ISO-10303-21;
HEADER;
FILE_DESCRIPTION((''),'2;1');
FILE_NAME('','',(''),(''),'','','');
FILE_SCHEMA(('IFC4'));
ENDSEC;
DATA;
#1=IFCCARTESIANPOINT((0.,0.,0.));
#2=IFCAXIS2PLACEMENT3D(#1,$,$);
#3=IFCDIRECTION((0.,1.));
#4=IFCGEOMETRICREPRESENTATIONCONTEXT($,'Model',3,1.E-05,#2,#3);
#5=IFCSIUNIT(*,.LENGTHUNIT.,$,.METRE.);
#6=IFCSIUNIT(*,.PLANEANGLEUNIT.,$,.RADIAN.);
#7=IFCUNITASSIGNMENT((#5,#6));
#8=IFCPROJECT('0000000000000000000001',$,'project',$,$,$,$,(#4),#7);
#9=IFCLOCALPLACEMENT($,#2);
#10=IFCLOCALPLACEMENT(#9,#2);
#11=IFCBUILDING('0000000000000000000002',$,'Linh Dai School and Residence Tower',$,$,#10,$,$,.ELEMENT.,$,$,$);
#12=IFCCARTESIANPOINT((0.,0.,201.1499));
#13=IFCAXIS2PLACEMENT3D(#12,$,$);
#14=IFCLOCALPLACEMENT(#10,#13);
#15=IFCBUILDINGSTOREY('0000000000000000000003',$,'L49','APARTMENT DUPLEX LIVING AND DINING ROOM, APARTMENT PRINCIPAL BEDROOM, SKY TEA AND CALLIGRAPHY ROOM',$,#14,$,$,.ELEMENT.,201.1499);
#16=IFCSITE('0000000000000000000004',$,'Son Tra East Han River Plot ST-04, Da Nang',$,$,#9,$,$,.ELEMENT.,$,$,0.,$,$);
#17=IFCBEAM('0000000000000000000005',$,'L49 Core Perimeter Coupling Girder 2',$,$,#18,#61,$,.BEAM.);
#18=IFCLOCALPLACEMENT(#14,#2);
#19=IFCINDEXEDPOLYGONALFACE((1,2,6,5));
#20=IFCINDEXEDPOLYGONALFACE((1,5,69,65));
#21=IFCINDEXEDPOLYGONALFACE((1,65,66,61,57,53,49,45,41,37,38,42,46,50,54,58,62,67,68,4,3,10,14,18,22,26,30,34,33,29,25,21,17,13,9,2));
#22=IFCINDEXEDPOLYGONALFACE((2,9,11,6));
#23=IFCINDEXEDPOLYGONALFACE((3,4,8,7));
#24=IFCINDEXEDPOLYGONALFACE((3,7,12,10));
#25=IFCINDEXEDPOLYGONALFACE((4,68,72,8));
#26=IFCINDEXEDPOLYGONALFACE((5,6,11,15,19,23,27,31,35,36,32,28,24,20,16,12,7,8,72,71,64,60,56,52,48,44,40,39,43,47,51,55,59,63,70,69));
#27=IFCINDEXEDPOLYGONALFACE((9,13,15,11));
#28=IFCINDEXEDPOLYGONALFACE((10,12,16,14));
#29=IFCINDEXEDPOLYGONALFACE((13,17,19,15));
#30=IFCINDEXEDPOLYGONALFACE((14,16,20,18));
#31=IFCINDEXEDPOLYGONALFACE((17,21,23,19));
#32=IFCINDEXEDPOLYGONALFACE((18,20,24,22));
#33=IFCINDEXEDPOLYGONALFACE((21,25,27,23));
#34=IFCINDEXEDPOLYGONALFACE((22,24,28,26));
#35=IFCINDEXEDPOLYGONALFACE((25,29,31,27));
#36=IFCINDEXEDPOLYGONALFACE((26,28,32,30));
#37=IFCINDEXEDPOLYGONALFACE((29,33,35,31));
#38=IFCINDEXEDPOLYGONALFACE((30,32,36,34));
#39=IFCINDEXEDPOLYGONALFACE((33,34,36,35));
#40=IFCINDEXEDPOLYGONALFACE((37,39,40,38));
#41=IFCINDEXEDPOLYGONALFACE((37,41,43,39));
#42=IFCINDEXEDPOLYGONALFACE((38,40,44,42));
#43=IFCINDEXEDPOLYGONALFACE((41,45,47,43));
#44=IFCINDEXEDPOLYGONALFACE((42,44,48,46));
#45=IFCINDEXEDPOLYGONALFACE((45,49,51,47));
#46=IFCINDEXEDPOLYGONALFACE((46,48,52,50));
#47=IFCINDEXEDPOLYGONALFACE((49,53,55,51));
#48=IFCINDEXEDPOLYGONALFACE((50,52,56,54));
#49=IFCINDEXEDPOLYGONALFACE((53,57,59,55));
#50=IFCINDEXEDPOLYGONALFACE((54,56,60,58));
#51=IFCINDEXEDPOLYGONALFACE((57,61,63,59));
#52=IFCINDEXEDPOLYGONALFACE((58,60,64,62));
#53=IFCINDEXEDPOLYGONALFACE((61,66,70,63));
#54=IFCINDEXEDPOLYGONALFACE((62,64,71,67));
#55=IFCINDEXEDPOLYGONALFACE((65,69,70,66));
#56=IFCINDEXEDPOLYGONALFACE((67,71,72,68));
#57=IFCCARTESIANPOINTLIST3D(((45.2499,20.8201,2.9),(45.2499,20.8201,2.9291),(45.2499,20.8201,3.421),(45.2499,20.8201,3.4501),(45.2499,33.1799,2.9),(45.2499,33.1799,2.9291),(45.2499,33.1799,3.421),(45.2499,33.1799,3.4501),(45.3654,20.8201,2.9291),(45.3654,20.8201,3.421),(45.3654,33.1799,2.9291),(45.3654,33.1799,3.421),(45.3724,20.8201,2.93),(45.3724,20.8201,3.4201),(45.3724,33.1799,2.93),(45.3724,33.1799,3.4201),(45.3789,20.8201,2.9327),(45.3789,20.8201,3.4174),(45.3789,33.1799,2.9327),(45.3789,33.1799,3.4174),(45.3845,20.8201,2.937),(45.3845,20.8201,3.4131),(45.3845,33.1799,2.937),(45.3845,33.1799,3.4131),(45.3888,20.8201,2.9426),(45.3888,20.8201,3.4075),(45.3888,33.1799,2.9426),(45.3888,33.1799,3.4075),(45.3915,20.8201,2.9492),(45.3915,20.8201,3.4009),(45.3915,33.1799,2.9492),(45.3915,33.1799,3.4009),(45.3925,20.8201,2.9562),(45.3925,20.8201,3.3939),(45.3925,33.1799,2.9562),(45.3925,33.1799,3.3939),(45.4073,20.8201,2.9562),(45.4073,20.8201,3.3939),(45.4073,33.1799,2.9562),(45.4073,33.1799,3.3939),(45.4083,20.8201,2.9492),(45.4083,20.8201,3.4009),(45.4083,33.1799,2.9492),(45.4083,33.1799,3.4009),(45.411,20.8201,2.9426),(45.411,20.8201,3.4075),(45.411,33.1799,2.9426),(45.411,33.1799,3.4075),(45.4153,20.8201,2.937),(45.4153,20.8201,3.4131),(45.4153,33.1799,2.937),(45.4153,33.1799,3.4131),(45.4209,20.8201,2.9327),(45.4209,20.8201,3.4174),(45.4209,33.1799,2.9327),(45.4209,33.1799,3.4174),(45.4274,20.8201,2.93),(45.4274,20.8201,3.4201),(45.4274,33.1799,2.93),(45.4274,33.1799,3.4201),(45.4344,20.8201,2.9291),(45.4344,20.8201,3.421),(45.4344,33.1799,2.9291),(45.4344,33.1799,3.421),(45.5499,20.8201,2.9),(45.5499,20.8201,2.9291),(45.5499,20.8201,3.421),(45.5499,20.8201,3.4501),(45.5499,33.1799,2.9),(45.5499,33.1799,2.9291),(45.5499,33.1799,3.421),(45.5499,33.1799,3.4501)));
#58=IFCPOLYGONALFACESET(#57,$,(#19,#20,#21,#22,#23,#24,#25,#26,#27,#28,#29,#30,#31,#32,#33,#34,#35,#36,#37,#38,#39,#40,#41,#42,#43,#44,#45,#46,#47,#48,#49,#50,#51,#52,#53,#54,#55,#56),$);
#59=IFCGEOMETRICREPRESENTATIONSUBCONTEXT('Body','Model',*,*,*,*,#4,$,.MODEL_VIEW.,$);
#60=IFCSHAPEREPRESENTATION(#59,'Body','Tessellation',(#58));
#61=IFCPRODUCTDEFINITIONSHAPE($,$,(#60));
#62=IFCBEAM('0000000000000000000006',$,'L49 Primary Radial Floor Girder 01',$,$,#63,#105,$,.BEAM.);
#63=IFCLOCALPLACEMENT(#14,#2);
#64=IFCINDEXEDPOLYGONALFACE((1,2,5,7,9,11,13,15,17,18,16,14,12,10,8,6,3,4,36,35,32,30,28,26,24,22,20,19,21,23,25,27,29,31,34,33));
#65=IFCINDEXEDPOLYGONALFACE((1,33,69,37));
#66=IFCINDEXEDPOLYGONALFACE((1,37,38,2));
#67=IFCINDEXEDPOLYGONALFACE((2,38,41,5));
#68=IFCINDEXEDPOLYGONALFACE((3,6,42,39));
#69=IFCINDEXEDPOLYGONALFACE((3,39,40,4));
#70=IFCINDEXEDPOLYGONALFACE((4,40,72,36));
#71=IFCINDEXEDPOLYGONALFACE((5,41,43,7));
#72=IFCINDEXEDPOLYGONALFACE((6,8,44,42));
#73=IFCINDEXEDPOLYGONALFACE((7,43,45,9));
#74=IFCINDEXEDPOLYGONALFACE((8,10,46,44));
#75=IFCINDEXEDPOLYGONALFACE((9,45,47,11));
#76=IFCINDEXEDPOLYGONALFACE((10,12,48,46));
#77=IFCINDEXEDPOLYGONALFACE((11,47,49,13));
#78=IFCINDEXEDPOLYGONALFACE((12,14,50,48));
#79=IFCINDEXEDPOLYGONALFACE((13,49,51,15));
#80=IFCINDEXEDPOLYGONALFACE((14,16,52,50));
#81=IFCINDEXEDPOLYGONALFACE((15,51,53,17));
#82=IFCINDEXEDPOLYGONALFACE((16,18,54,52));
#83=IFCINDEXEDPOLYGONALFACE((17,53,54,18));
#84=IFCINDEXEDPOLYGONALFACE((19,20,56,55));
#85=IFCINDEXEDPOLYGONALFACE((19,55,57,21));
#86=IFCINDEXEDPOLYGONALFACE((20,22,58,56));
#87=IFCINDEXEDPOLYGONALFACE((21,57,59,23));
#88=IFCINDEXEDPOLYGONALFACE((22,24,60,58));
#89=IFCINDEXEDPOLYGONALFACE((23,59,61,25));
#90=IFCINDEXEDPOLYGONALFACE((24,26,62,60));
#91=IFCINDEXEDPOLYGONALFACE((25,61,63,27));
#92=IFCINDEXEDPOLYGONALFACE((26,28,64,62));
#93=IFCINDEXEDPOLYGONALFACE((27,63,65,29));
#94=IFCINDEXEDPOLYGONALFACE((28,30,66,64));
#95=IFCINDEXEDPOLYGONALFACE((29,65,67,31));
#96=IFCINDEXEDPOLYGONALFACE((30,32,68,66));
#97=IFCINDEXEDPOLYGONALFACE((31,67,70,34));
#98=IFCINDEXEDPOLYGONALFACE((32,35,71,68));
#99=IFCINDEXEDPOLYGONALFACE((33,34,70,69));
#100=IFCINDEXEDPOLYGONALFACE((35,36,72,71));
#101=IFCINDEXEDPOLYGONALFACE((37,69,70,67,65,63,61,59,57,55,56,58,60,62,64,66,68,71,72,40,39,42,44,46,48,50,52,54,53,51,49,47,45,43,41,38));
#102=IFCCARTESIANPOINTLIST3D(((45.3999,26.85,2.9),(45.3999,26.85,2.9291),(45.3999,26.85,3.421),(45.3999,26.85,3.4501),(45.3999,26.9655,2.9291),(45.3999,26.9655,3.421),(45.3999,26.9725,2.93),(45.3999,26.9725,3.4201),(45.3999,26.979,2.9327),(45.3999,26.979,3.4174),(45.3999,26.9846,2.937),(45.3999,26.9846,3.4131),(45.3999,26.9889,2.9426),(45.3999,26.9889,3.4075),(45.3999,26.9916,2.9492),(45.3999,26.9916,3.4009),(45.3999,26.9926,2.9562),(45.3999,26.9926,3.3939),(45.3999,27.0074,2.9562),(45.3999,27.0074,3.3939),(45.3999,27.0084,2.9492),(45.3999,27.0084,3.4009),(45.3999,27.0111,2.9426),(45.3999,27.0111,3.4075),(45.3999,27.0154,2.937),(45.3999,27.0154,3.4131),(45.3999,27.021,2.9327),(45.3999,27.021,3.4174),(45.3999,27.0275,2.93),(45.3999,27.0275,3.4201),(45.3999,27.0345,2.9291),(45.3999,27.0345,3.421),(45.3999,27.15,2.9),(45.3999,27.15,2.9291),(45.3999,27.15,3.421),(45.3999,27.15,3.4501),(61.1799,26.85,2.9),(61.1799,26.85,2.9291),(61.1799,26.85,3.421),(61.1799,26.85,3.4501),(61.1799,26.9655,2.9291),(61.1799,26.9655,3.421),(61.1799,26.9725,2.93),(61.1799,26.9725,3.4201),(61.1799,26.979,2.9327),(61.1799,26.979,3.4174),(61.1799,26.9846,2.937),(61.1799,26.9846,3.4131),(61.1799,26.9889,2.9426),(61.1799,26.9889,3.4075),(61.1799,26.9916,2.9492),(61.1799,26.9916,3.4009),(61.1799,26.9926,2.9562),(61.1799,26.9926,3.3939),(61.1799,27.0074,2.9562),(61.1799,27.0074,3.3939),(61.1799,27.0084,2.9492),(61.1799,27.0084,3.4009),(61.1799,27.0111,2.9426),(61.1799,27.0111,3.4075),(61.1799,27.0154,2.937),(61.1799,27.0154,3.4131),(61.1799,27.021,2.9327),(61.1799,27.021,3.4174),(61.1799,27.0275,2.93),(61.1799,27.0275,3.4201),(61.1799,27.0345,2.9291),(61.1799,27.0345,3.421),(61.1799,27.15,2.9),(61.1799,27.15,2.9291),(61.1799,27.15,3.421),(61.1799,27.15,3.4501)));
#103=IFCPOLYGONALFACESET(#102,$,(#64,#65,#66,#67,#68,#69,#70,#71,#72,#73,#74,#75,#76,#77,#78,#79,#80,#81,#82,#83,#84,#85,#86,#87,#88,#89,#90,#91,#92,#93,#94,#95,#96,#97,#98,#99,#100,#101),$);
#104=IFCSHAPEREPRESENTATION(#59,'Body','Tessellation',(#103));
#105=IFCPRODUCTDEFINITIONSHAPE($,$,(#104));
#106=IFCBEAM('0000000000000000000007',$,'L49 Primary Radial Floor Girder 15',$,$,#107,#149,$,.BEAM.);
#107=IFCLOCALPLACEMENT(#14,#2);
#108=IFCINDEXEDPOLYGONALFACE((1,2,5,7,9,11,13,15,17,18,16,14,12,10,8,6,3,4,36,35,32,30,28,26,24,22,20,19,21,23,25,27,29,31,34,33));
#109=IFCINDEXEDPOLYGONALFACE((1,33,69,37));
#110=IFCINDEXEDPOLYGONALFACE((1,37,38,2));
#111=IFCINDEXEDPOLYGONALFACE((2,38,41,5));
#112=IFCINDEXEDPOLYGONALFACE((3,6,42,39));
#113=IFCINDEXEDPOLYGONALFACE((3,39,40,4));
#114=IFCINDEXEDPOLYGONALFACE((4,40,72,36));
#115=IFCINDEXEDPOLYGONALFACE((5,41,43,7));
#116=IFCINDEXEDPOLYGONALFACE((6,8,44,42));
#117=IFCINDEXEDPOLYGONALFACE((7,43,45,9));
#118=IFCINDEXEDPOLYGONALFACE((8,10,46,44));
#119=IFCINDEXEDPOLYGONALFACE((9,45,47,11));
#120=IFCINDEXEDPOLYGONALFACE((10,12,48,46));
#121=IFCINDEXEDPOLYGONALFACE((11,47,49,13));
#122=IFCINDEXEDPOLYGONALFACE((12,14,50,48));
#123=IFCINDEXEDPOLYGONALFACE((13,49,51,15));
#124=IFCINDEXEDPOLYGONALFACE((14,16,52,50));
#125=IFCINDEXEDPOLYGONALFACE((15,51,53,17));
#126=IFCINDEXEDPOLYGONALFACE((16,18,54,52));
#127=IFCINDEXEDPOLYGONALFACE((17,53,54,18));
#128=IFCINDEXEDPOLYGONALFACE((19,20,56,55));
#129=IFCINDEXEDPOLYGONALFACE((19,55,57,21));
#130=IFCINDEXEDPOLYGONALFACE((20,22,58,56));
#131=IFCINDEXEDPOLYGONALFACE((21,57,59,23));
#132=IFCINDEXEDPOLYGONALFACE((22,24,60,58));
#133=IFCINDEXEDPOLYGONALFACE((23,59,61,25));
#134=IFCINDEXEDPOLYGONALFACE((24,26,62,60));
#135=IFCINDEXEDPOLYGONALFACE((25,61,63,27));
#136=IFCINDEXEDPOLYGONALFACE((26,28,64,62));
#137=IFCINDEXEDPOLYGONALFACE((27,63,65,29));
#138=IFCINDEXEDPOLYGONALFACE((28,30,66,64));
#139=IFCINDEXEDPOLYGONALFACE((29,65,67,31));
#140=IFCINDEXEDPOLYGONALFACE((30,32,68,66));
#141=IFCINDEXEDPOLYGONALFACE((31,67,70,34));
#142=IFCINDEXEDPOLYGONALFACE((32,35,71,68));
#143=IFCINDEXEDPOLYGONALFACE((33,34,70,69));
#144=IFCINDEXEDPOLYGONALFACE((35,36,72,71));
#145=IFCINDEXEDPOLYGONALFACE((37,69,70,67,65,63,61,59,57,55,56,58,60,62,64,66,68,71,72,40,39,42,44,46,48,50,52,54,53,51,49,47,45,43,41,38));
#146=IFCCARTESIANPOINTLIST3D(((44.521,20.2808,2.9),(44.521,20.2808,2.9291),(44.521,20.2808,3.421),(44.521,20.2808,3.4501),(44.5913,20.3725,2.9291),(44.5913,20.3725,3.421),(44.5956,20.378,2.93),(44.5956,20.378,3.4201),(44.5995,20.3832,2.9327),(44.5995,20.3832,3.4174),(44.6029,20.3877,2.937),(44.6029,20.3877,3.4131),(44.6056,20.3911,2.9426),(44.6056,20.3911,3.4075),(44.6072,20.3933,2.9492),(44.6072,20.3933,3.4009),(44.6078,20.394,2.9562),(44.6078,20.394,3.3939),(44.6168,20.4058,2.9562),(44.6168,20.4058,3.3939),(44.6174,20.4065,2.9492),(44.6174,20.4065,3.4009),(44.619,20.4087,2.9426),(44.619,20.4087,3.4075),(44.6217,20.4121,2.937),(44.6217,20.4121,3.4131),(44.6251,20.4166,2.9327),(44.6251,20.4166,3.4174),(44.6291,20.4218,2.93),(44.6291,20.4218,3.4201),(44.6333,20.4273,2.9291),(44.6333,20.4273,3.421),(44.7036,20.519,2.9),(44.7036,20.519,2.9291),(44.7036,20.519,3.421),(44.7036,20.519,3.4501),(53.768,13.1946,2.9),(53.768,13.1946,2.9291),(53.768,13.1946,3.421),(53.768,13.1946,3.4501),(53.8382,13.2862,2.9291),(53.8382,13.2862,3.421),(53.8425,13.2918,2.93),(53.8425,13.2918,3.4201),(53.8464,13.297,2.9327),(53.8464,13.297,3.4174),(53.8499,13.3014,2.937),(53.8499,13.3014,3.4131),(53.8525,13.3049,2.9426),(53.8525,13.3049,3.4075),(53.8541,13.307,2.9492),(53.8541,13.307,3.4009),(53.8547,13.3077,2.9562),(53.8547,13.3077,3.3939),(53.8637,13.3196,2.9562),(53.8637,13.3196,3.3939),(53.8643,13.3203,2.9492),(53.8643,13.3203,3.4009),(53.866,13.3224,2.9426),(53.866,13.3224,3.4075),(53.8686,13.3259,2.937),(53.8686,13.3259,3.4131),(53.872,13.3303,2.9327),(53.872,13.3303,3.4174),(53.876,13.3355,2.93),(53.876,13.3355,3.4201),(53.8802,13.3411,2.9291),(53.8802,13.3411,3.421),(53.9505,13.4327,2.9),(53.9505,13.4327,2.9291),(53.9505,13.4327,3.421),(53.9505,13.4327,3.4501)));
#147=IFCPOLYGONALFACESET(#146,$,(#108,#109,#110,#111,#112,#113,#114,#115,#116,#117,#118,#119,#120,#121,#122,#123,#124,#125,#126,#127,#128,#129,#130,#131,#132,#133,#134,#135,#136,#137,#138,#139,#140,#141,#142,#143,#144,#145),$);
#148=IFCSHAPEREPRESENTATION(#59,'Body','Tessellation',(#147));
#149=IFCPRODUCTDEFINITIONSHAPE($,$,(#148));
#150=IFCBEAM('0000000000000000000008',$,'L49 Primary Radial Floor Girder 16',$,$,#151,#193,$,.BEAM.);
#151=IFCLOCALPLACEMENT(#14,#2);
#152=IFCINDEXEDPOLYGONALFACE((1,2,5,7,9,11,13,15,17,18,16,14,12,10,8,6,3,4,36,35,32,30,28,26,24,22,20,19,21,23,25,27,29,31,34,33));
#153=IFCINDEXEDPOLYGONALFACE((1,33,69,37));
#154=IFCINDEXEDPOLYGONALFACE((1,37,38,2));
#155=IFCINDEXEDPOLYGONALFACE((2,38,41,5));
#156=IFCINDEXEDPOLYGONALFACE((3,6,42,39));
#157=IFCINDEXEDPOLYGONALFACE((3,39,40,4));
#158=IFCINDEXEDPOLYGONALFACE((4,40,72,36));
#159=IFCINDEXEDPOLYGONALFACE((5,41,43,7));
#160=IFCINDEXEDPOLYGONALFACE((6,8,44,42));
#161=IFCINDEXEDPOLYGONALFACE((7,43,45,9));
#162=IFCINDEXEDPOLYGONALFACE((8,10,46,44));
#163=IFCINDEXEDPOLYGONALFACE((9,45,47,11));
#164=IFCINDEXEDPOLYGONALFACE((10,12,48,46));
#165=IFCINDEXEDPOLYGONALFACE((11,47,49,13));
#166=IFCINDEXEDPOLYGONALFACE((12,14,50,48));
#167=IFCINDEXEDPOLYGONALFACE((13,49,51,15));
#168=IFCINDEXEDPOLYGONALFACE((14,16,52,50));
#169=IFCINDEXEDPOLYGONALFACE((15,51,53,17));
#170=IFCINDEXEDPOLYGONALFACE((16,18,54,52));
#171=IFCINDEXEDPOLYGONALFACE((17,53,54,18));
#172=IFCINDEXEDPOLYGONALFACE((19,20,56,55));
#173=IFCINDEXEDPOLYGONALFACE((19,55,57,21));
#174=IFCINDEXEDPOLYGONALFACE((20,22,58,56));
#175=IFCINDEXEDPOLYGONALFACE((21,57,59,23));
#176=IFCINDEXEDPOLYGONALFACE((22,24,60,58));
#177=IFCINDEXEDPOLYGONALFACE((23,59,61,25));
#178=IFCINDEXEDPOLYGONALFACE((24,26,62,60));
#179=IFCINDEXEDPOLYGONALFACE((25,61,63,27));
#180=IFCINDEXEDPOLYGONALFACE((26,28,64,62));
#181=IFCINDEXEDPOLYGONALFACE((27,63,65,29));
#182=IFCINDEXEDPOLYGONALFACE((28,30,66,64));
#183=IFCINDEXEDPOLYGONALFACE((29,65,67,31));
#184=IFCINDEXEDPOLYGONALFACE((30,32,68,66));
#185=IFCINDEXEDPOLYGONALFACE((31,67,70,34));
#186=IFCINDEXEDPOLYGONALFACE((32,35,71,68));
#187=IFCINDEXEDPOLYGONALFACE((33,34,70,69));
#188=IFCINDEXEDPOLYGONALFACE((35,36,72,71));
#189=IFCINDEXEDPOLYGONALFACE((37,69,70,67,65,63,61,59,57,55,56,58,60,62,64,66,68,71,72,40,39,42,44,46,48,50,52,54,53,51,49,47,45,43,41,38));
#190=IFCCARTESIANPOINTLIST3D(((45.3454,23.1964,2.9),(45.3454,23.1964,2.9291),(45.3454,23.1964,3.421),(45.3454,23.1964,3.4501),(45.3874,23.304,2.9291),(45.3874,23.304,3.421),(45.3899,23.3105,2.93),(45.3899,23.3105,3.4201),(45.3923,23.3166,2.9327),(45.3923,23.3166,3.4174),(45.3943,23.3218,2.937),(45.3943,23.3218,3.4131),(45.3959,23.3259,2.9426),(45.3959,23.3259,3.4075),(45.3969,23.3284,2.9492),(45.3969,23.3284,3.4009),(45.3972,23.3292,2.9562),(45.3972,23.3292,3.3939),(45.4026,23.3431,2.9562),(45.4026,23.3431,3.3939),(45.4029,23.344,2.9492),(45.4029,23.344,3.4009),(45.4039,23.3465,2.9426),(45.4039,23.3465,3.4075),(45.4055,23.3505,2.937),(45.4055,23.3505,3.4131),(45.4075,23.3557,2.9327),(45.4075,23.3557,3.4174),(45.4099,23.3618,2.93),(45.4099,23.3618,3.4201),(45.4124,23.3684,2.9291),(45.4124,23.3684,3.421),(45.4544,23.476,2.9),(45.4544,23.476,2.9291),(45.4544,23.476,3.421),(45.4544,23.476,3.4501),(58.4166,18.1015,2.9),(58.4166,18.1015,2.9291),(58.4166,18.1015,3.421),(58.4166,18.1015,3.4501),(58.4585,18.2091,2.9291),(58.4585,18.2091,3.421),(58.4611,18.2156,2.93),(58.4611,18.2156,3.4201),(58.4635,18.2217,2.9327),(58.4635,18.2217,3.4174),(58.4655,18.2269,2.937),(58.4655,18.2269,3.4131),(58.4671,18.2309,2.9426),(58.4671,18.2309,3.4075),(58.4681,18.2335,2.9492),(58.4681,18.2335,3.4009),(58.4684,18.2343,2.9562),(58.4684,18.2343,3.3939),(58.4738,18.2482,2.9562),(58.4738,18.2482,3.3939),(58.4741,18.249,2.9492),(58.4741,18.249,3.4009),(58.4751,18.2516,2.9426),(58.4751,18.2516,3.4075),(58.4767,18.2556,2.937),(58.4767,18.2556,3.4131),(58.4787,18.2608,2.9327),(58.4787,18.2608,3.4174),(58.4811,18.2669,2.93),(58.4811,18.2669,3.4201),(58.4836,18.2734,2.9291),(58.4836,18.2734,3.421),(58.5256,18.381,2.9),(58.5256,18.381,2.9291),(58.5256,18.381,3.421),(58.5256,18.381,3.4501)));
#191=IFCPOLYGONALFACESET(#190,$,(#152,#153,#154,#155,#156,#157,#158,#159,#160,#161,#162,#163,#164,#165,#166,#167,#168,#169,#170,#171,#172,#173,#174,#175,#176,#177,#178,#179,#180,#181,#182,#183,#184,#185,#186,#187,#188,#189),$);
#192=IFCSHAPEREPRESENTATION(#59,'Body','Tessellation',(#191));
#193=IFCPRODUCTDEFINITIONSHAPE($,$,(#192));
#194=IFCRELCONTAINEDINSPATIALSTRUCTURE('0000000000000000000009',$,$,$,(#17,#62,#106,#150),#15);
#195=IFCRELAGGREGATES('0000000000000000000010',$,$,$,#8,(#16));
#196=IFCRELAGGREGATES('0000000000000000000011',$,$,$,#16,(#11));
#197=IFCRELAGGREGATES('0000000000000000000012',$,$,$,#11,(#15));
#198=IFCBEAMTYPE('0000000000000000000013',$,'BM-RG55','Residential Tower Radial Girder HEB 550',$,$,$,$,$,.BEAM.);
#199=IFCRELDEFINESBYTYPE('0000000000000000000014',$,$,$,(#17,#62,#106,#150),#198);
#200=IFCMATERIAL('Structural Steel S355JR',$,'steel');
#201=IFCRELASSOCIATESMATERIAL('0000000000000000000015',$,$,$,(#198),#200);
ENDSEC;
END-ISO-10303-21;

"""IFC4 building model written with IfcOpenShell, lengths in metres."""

from ifc_helpers import new_model, si_unit, direction, frame, origin, origin_2d, place, context, subcontext, project, spatial, i_section, extrude, material, material_profile, profile_set, type_object, element, save


model = new_model("IFC4")

# Units and contexts
model_context = context("Model", 3, precision=1e-05, world=origin(), true_north=direction((0.0, 1.0)))
body_context = subcontext(model_context, "Body", "Model", "MODEL_VIEW")
ifc_project = project(units=[si_unit("LENGTHUNIT", "METRE"), si_unit("PLANEANGLEUNIT", "RADIAN")], contexts=[model_context])

# Site, building, storey
site_placement = place(None, origin())
site = spatial("IfcSite", under=ifc_project, at=site_placement, Name="Son Tra East Han River Plot ST-04, Da Nang", CompositionType="ELEMENT", RefElevation=0.0)
building_placement = place(site_placement, origin())
building = spatial("IfcBuilding", under=site, at=building_placement, Name="Linh Dai School and Residence Tower", CompositionType="ELEMENT")
storey_placement = place(building_placement, frame((0.0, 0.0, 201.1499)))
storey = spatial("IfcBuildingStorey", under=building, at=storey_placement, Name="L49", Description="APARTMENT DUPLEX LIVING AND DINING ROOM, APARTMENT PRINCIPAL BEDROOM, SKY TEA AND CALLIGRAPHY ROOM", CompositionType="ELEMENT", Elevation=201.1499)

# Shared definitions
ifc_material_1 = material(Name="Structural Steel S355JR", Category="steel")

# Beams
ifc_material_profile_1 = material_profile(ifc_material_1, i_section(OverallWidth=0.3, OverallDepth=0.55, WebThickness=0.0149, FlangeThickness=0.0291, FilletRadius=0.0271, at=origin_2d()), Name="HEB 550")
ifc_profile_set_1 = profile_set([ifc_material_profile_1], Name="Structural Steel S355JR")
beam_type_1 = type_object("IfcBeamType", Name="BM-RG55", Description="Residential Tower Radial Girder HEB 550", PredefinedType="BEAM", material=ifc_profile_set_1)
beam_1_placement = place(storey_placement, frame((45.3999, 20.8201, 3.175), z_axis=(0.0, 1.0, 0.0), x_axis=(-1.0, 0.0, 0.0)))
element("IfcBeam", 1, at=beam_1_placement, inside=storey, type_object=beam_type_1, Name="L49 Core Perimeter Coupling Girder 2", PredefinedType="BEAM", context=body_context, shape_type="SweptSolid", body=[
    extrude(i_section(OverallWidth=0.3, OverallDepth=0.55, WebThickness=0.0149, FlangeThickness=0.0291, FilletRadius=0.0271, at=origin_2d()), origin(), (0.0, 0.0, 1.0), 12.3599),
])
beam_2_placement = place(storey_placement, frame((45.3999, 27.0, 3.175), z_axis=(1.0, 0.0, 0.0), x_axis=(0.0, 1.0, 0.0)))
element("IfcBeam", 2, at=beam_2_placement, inside=storey, type_object=beam_type_1, Name="L49 Primary Radial Floor Girder 01", PredefinedType="BEAM", context=body_context, shape_type="SweptSolid", body=[
    extrude(i_section(OverallWidth=0.3, OverallDepth=0.55, WebThickness=0.0149, FlangeThickness=0.0291, FilletRadius=0.0271, at=origin_2d()), origin(), (0.0, 0.0, 1.0), 15.78),
])
beam_3_placement = place(storey_placement, frame((44.6123, 20.3999, 3.175), z_axis=(0.793733, -0.608267, 0.0), x_axis=(0.608267, 0.793733, 0.0)))
element("IfcBeam", 3, at=beam_3_placement, inside=storey, type_object=beam_type_1, Name="L49 Primary Radial Floor Girder 15", PredefinedType="BEAM", context=body_context, shape_type="SweptSolid", body=[
    extrude(i_section(OverallWidth=0.3, OverallDepth=0.55, WebThickness=0.0149, FlangeThickness=0.0291, FilletRadius=0.0271, at=origin_2d()), origin(), (0.0, 0.0, 1.0), 11.6499),
])
beam_4_placement = place(storey_placement, frame((45.3999, 23.3362, 3.175), z_axis=(0.931723, -0.36317, 0.0), x_axis=(0.36317, 0.931723, 0.0)))
element("IfcBeam", 4, at=beam_4_placement, inside=storey, type_object=beam_type_1, Name="L49 Primary Radial Floor Girder 16", PredefinedType="BEAM", context=body_context, shape_type="SweptSolid", body=[
    extrude(i_section(OverallWidth=0.3, OverallDepth=0.55, WebThickness=0.0149, FlangeThickness=0.0291, FilletRadius=0.0271, at=origin_2d()), origin(), (0.0, 0.0, 1.0), 14.0291),
])

save(model, "model.ifc")
